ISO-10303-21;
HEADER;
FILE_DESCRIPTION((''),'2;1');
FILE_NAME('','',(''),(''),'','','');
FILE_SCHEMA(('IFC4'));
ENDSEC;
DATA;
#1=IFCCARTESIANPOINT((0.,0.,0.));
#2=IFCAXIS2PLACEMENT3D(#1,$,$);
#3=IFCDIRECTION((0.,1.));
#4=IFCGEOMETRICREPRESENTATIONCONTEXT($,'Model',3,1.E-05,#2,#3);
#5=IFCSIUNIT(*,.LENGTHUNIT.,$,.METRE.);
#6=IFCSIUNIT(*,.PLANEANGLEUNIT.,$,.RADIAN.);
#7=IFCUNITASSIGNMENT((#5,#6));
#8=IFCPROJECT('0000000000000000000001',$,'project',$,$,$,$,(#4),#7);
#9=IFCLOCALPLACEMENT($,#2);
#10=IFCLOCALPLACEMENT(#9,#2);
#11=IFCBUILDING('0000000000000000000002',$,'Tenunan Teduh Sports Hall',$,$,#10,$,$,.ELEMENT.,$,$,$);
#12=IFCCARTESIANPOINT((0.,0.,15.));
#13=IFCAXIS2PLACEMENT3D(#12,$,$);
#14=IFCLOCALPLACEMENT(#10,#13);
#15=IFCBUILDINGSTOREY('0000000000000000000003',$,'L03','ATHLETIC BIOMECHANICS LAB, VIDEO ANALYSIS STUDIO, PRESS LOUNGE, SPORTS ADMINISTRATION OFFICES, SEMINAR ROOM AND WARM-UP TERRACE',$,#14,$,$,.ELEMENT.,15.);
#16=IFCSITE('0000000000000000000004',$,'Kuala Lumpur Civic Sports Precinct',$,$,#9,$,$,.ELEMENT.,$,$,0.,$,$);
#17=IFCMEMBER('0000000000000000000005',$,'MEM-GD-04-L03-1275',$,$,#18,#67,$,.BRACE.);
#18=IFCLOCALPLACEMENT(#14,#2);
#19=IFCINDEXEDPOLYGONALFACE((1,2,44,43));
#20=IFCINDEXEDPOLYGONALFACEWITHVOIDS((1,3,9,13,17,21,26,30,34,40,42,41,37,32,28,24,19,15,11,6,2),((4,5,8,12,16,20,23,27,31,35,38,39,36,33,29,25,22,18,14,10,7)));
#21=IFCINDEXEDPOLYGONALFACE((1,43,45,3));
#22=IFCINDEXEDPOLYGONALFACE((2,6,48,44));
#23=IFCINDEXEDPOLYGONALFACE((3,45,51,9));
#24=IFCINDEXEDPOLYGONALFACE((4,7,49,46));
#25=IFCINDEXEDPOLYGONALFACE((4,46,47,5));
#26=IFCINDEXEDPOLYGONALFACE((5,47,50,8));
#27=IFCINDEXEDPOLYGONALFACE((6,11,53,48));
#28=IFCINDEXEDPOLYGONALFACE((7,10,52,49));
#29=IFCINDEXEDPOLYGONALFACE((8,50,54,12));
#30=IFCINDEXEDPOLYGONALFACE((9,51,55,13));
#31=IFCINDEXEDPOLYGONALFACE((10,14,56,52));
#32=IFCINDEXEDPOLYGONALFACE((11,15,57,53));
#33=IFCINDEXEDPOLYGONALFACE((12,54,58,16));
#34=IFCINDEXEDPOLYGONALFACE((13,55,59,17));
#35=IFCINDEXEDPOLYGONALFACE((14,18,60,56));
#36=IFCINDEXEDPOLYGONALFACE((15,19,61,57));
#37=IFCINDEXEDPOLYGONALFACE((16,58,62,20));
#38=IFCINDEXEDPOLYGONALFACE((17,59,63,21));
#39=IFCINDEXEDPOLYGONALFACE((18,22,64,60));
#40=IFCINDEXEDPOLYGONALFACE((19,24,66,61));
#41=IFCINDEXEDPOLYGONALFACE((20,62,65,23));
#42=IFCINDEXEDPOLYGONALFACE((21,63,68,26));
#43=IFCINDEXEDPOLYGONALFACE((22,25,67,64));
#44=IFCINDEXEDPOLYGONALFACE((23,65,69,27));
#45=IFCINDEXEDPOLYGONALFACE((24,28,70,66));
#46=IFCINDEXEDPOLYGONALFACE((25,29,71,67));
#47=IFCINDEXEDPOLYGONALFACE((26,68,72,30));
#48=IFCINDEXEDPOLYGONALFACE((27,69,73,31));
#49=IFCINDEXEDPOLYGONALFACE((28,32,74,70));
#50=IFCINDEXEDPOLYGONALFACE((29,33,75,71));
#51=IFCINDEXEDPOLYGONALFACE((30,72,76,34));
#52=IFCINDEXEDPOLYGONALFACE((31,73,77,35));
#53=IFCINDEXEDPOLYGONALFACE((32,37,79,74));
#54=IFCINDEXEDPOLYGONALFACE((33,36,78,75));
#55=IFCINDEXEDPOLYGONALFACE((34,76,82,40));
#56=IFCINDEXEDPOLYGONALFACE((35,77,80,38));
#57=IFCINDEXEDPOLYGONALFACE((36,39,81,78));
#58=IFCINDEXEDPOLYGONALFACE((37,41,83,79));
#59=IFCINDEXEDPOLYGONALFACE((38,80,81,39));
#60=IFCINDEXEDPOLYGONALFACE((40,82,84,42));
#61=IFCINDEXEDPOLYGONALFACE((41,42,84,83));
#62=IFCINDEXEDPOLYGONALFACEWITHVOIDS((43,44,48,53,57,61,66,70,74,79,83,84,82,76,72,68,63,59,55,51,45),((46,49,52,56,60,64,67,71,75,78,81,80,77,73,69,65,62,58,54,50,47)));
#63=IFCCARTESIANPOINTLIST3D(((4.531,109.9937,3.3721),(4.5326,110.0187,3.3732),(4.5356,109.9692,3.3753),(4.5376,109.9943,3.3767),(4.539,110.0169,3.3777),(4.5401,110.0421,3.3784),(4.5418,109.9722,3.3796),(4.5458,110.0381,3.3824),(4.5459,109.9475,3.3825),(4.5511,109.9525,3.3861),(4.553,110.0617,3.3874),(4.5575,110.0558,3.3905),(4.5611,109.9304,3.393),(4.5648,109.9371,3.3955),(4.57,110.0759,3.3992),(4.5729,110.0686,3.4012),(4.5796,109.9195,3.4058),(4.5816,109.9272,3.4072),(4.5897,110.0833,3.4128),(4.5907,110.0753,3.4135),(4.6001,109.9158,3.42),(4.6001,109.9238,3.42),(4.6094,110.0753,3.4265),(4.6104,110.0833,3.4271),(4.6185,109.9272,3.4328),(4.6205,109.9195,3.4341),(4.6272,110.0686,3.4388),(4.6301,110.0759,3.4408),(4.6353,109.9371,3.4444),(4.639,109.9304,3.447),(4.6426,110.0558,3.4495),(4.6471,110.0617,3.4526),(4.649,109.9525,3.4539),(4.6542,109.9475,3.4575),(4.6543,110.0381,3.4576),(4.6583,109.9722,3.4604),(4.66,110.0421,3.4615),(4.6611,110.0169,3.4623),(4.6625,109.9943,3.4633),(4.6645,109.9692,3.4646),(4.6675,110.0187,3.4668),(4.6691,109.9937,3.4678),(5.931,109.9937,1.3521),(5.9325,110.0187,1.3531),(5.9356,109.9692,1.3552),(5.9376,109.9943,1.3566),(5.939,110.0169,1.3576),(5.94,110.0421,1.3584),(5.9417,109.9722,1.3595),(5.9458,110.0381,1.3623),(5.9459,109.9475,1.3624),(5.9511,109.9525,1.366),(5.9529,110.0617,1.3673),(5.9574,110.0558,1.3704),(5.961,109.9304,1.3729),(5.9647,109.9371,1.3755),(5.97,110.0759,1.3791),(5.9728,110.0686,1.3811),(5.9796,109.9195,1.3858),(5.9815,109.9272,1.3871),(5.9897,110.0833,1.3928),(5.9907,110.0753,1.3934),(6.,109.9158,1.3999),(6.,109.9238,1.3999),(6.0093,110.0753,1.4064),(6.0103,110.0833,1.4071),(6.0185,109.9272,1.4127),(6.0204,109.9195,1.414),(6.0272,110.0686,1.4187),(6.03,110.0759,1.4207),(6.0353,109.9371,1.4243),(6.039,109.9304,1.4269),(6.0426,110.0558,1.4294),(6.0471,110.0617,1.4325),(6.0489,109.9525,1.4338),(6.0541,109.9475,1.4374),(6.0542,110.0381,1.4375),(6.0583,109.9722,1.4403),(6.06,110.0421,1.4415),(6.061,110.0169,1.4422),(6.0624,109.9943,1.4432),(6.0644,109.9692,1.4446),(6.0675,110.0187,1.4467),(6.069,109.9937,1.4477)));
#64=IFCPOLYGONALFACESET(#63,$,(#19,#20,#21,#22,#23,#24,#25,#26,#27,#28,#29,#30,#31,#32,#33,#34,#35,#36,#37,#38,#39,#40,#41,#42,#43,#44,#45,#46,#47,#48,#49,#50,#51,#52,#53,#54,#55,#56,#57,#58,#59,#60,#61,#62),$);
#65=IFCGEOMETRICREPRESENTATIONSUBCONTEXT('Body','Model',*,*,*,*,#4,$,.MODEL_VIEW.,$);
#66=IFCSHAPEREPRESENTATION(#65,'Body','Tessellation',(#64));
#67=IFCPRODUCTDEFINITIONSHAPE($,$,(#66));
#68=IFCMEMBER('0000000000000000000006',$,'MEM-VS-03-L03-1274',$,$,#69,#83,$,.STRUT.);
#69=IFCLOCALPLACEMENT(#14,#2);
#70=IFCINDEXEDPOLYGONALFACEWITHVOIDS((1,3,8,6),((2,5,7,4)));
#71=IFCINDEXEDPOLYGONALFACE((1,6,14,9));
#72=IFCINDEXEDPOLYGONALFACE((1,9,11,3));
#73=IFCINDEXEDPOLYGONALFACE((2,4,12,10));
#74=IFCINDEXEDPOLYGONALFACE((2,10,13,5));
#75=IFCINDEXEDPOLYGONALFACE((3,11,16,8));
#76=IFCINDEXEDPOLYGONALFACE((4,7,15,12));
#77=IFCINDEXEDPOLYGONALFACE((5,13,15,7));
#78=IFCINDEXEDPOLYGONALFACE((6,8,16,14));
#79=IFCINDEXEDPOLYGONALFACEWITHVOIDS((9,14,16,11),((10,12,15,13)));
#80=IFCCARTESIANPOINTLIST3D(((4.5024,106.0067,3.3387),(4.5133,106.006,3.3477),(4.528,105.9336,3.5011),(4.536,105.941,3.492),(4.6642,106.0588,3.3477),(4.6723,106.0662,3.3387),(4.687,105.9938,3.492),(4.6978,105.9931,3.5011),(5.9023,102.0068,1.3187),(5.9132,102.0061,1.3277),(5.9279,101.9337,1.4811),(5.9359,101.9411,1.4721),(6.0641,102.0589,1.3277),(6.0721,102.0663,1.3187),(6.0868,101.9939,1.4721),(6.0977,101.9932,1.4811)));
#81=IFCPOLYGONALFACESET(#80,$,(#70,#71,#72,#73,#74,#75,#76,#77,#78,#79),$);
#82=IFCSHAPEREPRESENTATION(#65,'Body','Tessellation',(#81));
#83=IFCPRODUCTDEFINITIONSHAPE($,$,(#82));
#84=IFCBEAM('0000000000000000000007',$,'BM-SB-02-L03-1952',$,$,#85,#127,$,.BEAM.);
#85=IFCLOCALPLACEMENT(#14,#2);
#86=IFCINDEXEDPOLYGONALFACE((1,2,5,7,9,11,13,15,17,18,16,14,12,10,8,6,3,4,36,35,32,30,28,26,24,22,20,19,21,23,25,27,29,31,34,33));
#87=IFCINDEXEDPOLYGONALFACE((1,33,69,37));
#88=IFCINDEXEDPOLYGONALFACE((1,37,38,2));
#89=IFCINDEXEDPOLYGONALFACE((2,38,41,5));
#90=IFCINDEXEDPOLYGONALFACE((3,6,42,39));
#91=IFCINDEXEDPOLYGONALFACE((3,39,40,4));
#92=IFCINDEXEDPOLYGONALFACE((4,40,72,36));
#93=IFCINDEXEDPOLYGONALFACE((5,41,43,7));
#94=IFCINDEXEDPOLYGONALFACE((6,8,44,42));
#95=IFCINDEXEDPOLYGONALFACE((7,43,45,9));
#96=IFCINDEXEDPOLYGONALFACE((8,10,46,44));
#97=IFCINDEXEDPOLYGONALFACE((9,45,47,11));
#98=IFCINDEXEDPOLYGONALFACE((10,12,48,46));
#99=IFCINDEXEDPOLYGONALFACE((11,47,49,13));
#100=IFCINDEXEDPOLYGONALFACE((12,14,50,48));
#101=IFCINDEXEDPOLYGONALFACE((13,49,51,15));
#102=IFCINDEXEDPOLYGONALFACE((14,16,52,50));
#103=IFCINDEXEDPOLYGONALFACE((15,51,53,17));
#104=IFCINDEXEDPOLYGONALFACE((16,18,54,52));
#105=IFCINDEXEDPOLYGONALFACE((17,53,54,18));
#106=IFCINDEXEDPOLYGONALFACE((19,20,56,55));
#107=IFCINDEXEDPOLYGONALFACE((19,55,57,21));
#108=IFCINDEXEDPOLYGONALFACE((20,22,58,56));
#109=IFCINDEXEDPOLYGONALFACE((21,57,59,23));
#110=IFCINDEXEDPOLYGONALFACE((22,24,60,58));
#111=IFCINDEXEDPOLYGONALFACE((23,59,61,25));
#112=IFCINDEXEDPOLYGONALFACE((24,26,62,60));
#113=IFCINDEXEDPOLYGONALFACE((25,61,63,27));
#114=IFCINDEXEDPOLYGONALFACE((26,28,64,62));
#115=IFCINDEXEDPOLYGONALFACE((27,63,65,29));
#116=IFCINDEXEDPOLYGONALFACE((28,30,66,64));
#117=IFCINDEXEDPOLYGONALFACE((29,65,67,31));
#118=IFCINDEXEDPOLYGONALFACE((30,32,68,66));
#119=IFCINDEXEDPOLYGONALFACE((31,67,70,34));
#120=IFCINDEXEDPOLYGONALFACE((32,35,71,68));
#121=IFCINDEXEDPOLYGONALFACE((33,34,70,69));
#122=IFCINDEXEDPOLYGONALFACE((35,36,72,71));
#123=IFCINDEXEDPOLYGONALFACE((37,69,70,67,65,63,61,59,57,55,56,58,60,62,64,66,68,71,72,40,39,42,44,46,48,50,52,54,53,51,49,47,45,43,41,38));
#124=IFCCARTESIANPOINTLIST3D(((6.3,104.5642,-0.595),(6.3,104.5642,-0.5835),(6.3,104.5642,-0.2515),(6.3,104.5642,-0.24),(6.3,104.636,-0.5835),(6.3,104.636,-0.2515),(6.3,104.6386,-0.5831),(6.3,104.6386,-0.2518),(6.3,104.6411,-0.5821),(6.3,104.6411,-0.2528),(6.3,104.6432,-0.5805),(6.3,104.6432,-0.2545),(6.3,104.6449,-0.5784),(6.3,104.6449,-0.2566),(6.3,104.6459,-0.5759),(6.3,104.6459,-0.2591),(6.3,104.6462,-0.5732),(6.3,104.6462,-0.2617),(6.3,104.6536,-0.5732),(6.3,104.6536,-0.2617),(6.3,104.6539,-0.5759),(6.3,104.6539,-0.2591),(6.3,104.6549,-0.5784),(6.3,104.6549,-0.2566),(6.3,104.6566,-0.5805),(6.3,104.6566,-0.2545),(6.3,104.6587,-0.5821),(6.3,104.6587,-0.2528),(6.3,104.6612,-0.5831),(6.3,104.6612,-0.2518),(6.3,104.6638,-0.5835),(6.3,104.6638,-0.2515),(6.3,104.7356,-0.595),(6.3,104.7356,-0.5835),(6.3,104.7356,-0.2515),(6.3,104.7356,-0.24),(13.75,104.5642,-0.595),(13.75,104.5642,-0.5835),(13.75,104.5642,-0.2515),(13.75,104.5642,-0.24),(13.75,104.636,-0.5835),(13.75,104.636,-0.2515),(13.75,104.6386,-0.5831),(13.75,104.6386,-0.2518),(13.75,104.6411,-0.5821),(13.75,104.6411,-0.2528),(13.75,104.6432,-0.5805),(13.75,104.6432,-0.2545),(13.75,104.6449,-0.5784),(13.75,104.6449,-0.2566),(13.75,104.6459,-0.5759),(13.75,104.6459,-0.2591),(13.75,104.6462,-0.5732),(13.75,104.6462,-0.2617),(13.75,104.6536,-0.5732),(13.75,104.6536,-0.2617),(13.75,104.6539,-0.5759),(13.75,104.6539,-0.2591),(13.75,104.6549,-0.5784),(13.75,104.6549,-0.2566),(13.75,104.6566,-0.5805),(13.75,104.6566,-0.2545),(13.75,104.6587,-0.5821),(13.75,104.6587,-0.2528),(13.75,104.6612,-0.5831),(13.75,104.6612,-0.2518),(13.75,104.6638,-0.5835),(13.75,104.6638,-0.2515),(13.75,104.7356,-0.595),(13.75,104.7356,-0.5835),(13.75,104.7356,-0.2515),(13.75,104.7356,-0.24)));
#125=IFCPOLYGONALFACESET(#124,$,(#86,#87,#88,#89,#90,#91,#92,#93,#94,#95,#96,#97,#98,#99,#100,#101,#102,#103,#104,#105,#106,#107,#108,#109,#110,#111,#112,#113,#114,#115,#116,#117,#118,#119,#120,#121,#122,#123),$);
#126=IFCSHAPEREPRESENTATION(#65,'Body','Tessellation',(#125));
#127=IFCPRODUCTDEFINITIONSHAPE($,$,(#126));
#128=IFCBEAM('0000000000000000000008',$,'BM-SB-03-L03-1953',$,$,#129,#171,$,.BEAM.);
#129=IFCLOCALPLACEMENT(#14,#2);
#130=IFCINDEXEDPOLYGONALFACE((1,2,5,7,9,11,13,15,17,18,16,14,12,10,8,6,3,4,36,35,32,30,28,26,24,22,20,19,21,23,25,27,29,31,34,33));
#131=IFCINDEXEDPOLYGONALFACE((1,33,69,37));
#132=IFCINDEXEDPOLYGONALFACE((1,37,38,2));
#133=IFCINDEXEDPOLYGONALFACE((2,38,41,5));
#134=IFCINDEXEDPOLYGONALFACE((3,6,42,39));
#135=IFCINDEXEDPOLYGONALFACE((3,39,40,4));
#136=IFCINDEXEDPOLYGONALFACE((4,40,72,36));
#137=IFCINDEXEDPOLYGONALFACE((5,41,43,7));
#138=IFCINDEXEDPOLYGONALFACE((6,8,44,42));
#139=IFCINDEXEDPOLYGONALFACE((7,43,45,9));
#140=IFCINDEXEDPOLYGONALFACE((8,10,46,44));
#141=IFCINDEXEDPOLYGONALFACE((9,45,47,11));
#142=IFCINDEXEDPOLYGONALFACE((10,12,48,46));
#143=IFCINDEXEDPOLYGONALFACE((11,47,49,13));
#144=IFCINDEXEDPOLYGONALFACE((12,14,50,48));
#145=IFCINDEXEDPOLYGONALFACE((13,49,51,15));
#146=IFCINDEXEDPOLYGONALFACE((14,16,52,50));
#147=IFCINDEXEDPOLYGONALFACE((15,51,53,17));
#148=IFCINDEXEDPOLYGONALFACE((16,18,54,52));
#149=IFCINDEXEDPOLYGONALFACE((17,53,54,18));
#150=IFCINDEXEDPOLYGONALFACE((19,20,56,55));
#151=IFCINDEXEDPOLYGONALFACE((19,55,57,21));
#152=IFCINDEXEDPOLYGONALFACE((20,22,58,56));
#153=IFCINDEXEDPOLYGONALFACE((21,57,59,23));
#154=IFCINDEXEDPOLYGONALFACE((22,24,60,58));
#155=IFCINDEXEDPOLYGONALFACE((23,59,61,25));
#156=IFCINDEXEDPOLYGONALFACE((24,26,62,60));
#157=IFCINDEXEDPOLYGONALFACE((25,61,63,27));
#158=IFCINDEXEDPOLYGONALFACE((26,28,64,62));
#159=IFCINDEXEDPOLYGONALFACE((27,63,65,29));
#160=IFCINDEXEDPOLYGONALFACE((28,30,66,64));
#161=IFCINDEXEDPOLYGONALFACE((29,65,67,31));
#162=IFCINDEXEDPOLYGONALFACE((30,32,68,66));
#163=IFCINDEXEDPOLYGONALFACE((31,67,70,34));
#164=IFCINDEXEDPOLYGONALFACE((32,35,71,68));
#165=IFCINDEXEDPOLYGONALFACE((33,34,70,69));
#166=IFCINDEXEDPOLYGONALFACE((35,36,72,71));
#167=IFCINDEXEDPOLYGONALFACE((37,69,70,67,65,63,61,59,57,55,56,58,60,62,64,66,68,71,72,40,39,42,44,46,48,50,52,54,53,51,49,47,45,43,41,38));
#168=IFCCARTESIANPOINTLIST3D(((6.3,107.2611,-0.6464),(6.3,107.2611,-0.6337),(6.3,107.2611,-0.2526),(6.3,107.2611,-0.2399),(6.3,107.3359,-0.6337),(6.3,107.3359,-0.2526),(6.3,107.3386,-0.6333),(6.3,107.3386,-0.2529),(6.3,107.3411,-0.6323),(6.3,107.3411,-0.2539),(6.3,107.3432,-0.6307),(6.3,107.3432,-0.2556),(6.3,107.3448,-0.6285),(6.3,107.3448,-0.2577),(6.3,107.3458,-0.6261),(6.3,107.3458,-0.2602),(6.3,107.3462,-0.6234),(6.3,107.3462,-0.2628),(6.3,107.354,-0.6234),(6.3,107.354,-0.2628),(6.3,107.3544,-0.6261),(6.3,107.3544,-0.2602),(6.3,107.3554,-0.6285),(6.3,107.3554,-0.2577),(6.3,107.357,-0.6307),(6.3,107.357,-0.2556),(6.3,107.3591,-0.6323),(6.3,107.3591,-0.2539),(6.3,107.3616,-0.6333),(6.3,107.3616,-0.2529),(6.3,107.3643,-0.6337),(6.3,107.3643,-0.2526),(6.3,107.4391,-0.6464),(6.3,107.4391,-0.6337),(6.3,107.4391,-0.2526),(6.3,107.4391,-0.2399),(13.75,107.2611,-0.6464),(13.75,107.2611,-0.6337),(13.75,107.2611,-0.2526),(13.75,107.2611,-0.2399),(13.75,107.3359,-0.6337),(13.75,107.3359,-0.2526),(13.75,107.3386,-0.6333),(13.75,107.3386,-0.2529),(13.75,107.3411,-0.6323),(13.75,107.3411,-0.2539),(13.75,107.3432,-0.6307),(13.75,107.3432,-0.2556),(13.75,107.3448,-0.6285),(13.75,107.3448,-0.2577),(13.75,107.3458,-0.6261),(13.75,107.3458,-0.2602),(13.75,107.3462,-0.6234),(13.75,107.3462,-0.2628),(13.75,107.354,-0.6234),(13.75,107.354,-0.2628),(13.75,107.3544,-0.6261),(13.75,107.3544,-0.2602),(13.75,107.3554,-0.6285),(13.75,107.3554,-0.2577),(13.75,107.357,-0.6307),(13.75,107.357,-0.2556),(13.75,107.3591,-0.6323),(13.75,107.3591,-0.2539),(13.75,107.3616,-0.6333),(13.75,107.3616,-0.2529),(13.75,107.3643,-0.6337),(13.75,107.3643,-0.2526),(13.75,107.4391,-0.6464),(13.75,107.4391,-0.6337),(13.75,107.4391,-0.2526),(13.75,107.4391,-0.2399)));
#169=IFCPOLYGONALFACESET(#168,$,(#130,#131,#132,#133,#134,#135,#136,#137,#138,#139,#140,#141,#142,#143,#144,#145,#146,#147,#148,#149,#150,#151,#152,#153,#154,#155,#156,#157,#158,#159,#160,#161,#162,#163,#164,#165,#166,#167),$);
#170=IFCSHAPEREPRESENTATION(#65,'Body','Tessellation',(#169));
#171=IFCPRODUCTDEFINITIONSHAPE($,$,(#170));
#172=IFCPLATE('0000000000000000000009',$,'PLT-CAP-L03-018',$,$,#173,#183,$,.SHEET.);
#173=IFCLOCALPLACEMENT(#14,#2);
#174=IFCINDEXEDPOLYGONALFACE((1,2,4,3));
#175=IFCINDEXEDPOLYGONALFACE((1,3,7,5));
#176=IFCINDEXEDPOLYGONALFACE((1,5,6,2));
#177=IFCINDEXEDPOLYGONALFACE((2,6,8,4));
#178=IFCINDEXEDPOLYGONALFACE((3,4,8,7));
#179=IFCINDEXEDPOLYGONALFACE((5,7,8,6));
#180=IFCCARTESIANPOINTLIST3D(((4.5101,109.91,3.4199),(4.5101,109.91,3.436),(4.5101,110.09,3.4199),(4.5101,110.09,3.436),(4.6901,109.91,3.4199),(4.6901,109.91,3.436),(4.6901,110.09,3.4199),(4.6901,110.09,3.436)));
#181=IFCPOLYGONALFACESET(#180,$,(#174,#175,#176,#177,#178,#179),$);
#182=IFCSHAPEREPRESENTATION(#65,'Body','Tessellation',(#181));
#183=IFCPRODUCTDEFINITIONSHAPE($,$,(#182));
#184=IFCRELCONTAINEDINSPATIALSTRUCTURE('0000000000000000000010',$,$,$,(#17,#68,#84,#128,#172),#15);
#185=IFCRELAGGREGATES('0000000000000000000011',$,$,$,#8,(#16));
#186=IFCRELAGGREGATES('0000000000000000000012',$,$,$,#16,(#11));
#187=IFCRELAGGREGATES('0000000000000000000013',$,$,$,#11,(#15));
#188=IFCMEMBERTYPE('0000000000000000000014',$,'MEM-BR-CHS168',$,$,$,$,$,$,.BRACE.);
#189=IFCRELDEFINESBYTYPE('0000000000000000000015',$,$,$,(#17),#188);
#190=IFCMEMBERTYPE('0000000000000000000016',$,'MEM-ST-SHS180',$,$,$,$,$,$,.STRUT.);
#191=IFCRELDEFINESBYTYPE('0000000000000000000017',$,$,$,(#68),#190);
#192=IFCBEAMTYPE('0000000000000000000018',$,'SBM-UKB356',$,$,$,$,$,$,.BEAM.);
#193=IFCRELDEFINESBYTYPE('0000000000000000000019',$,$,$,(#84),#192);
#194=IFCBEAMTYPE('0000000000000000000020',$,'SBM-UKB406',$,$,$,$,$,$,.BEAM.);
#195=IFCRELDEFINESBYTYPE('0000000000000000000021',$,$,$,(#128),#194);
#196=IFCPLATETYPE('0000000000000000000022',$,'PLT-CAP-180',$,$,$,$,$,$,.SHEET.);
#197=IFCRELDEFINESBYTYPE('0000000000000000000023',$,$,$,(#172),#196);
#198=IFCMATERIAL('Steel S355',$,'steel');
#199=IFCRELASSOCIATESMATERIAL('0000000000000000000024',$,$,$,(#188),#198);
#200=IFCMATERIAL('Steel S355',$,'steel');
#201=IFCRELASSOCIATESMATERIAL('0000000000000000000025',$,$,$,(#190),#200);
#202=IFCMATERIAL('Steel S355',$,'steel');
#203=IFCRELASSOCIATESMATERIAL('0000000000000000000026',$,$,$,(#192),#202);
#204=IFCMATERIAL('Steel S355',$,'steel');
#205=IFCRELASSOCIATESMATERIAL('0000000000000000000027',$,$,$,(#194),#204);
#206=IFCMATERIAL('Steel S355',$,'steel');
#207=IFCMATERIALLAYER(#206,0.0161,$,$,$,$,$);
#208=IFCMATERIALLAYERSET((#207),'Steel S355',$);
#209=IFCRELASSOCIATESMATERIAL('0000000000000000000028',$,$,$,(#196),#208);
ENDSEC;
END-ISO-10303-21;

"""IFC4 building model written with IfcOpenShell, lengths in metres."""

from ifc_helpers import new_model, si_unit, direction, frame, origin, origin_2d, place, context, subcontext, project, spatial, rectangle, hollow_rectangle, hollow_circle, i_section, extrude, material, layer, layer_set, material_profile, profile_set, type_object, element, save


model = new_model("IFC4")

# Units and contexts
model_context = context("Model", 3, precision=1e-05, world=origin(), true_north=direction((0.0, 1.0)))
body_context = subcontext(model_context, "Body", "Model", "MODEL_VIEW")
ifc_project = project(units=[si_unit("LENGTHUNIT", "METRE"), si_unit("PLANEANGLEUNIT", "RADIAN")], contexts=[model_context])

# Site, building, storey
site_placement = place(None, origin())
site = spatial("IfcSite", under=ifc_project, at=site_placement, Name="Kuala Lumpur Civic Sports Precinct", CompositionType="ELEMENT", RefElevation=0.0)
building_placement = place(site_placement, origin())
building = spatial("IfcBuilding", under=site, at=building_placement, Name="Tenunan Teduh Sports Hall", CompositionType="ELEMENT")
storey_placement = place(building_placement, frame((0.0, 0.0, 15.0)))
storey = spatial("IfcBuildingStorey", under=building, at=storey_placement, Name="L03", Description="ATHLETIC BIOMECHANICS LAB, VIDEO ANALYSIS STUDIO, PRESS LOUNGE, SPORTS ADMINISTRATION OFFICES, SEMINAR ROOM AND WARM-UP TERRACE", CompositionType="ELEMENT", Elevation=15.0)

# Members
ifc_material_1 = material(Name="Steel S355", Category="steel")
ifc_material_profile_1 = material_profile(ifc_material_1, hollow_circle(Radius=0.0842, WallThickness=0.0081, at=origin_2d()), Name="CHS 168.3x8.0")
ifc_profile_set_1 = profile_set([ifc_material_profile_1], Name="Steel S355")
member_type_1 = type_object("IfcMemberType", Name="MEM-BR-CHS168", PredefinedType="BRACE", material=ifc_profile_set_1)
member_1_placement = place(storey_placement, frame((6.0, 110.0, 1.3999), z_axis=(-0.569602, 0.0, 0.82192), x_axis=(0.0, -1.0, 0.0)))
element("IfcMember", 1, at=member_1_placement, inside=storey, type_object=member_type_1, Name="MEM-GD-04-L03-1275", PredefinedType="BRACE", context=body_context, shape_type="SweptSolid", body=[
    extrude(hollow_circle(Radius=0.0842, WallThickness=0.0081, at=origin_2d()), origin(), (0.0, 0.0, 1.0), 2.4578),
])
ifc_material_2 = material(Name="Steel S355", Category="steel")
ifc_material_profile_2 = material_profile(ifc_material_2, hollow_rectangle(XDim=0.1799, YDim=0.1799, WallThickness=0.01, at=origin_2d()), Name="SHS 180x180x10.0")
ifc_profile_set_2 = profile_set([ifc_material_profile_2], Name="Steel S355")
member_type_2 = type_object("IfcMemberType", Name="MEM-ST-SHS180", PredefinedType="STRUT", material=ifc_profile_set_2)
member_2_placement = place(storey_placement, frame((6.0, 102.0, 1.3999), z_axis=(-0.298188, 0.852025, 0.430277), x_axis=(-0.943866, -0.33033, 0.0)))
element("IfcMember", 2, at=member_2_placement, inside=storey, type_object=member_type_2, Name="MEM-VS-03-L03-1274", PredefinedType="STRUT", context=body_context, shape_type="SweptSolid", body=[
    extrude(hollow_rectangle(XDim=0.1799, YDim=0.1799, WallThickness=0.01, at=origin_2d()), origin(), (0.0, 0.0, 1.0), 4.6946),
])

# Beams
ifc_material_3 = material(Name="Steel S355", Category="steel")
ifc_material_profile_3 = material_profile(ifc_material_3, i_section(OverallWidth=0.1714, OverallDepth=0.355, WebThickness=0.0073, FlangeThickness=0.0115, FilletRadius=0.0103, at=origin_2d()), Name="UKB 356x171x51")
ifc_profile_set_3 = profile_set([ifc_material_profile_3], Name="Steel S355")
beam_type_1 = type_object("IfcBeamType", Name="SBM-UKB356", PredefinedType="BEAM", material=ifc_profile_set_3)
beam_1_placement = place(storey_placement, frame((6.3, 104.6499, -0.4175), z_axis=(1.0, 0.0, 0.0), x_axis=(0.0, 1.0, 0.0)))
element("IfcBeam", 3, at=beam_1_placement, inside=storey, type_object=beam_type_1, Name="BM-SB-02-L03-1952", PredefinedType="BEAM", context=body_context, shape_type="SweptSolid", body=[
    extrude(i_section(OverallWidth=0.1714, OverallDepth=0.355, WebThickness=0.0073, FlangeThickness=0.0115, FilletRadius=0.0103, at=origin_2d()), origin(), (0.0, 0.0, 1.0), 7.45),
])
ifc_material_4 = material(Name="Steel S355", Category="steel")
ifc_material_profile_4 = material_profile(ifc_material_4, i_section(OverallWidth=0.178, OverallDepth=0.4065, WebThickness=0.0078, FlangeThickness=0.0127, FilletRadius=0.0103, at=origin_2d()), Name="UKB 406x178x60")
ifc_profile_set_4 = profile_set([ifc_material_profile_4], Name="Steel S355")
beam_type_2 = type_object("IfcBeamType", Name="SBM-UKB406", PredefinedType="BEAM", material=ifc_profile_set_4)
beam_2_placement = place(storey_placement, frame((6.3, 107.3501, -0.4431), z_axis=(1.0, 0.0, 0.0), x_axis=(0.0, 1.0, 0.0)))
element("IfcBeam", 4, at=beam_2_placement, inside=storey, type_object=beam_type_2, Name="BM-SB-03-L03-1953", PredefinedType="BEAM", context=body_context, shape_type="SweptSolid", body=[
    extrude(i_section(OverallWidth=0.178, OverallDepth=0.4065, WebThickness=0.0078, FlangeThickness=0.0127, FilletRadius=0.0103, at=origin_2d()), origin(), (0.0, 0.0, 1.0), 7.45),
])

# Plate
ifc_material_5 = material(Name="Steel S355", Category="steel")
ifc_layer_1 = layer(ifc_material_5, 0.0161)
ifc_layer_set_1 = layer_set([ifc_layer_1], Name="Steel S355")
plate_type_1 = type_object("IfcPlateType", Name="PLT-CAP-180", PredefinedType="SHEET", material=ifc_layer_set_1)
plate_1_placement = place(storey_placement, frame((4.6001, 110.0, 3.4199), z_axis=(0.0, 0.0, 1.0), x_axis=(1.0, 0.0, 0.0)))
element("IfcPlate", 5, at=plate_1_placement, inside=storey, type_object=plate_type_1, Name="PLT-CAP-L03-018", PredefinedType="SHEET", context=body_context, shape_type="SweptSolid", body=[
    extrude(rectangle(XDim=0.1799, YDim=0.1799, at=origin_2d()), origin(), (0.0, 0.0, 1.0), 0.0161),
])

save(model, "model.ifc")
